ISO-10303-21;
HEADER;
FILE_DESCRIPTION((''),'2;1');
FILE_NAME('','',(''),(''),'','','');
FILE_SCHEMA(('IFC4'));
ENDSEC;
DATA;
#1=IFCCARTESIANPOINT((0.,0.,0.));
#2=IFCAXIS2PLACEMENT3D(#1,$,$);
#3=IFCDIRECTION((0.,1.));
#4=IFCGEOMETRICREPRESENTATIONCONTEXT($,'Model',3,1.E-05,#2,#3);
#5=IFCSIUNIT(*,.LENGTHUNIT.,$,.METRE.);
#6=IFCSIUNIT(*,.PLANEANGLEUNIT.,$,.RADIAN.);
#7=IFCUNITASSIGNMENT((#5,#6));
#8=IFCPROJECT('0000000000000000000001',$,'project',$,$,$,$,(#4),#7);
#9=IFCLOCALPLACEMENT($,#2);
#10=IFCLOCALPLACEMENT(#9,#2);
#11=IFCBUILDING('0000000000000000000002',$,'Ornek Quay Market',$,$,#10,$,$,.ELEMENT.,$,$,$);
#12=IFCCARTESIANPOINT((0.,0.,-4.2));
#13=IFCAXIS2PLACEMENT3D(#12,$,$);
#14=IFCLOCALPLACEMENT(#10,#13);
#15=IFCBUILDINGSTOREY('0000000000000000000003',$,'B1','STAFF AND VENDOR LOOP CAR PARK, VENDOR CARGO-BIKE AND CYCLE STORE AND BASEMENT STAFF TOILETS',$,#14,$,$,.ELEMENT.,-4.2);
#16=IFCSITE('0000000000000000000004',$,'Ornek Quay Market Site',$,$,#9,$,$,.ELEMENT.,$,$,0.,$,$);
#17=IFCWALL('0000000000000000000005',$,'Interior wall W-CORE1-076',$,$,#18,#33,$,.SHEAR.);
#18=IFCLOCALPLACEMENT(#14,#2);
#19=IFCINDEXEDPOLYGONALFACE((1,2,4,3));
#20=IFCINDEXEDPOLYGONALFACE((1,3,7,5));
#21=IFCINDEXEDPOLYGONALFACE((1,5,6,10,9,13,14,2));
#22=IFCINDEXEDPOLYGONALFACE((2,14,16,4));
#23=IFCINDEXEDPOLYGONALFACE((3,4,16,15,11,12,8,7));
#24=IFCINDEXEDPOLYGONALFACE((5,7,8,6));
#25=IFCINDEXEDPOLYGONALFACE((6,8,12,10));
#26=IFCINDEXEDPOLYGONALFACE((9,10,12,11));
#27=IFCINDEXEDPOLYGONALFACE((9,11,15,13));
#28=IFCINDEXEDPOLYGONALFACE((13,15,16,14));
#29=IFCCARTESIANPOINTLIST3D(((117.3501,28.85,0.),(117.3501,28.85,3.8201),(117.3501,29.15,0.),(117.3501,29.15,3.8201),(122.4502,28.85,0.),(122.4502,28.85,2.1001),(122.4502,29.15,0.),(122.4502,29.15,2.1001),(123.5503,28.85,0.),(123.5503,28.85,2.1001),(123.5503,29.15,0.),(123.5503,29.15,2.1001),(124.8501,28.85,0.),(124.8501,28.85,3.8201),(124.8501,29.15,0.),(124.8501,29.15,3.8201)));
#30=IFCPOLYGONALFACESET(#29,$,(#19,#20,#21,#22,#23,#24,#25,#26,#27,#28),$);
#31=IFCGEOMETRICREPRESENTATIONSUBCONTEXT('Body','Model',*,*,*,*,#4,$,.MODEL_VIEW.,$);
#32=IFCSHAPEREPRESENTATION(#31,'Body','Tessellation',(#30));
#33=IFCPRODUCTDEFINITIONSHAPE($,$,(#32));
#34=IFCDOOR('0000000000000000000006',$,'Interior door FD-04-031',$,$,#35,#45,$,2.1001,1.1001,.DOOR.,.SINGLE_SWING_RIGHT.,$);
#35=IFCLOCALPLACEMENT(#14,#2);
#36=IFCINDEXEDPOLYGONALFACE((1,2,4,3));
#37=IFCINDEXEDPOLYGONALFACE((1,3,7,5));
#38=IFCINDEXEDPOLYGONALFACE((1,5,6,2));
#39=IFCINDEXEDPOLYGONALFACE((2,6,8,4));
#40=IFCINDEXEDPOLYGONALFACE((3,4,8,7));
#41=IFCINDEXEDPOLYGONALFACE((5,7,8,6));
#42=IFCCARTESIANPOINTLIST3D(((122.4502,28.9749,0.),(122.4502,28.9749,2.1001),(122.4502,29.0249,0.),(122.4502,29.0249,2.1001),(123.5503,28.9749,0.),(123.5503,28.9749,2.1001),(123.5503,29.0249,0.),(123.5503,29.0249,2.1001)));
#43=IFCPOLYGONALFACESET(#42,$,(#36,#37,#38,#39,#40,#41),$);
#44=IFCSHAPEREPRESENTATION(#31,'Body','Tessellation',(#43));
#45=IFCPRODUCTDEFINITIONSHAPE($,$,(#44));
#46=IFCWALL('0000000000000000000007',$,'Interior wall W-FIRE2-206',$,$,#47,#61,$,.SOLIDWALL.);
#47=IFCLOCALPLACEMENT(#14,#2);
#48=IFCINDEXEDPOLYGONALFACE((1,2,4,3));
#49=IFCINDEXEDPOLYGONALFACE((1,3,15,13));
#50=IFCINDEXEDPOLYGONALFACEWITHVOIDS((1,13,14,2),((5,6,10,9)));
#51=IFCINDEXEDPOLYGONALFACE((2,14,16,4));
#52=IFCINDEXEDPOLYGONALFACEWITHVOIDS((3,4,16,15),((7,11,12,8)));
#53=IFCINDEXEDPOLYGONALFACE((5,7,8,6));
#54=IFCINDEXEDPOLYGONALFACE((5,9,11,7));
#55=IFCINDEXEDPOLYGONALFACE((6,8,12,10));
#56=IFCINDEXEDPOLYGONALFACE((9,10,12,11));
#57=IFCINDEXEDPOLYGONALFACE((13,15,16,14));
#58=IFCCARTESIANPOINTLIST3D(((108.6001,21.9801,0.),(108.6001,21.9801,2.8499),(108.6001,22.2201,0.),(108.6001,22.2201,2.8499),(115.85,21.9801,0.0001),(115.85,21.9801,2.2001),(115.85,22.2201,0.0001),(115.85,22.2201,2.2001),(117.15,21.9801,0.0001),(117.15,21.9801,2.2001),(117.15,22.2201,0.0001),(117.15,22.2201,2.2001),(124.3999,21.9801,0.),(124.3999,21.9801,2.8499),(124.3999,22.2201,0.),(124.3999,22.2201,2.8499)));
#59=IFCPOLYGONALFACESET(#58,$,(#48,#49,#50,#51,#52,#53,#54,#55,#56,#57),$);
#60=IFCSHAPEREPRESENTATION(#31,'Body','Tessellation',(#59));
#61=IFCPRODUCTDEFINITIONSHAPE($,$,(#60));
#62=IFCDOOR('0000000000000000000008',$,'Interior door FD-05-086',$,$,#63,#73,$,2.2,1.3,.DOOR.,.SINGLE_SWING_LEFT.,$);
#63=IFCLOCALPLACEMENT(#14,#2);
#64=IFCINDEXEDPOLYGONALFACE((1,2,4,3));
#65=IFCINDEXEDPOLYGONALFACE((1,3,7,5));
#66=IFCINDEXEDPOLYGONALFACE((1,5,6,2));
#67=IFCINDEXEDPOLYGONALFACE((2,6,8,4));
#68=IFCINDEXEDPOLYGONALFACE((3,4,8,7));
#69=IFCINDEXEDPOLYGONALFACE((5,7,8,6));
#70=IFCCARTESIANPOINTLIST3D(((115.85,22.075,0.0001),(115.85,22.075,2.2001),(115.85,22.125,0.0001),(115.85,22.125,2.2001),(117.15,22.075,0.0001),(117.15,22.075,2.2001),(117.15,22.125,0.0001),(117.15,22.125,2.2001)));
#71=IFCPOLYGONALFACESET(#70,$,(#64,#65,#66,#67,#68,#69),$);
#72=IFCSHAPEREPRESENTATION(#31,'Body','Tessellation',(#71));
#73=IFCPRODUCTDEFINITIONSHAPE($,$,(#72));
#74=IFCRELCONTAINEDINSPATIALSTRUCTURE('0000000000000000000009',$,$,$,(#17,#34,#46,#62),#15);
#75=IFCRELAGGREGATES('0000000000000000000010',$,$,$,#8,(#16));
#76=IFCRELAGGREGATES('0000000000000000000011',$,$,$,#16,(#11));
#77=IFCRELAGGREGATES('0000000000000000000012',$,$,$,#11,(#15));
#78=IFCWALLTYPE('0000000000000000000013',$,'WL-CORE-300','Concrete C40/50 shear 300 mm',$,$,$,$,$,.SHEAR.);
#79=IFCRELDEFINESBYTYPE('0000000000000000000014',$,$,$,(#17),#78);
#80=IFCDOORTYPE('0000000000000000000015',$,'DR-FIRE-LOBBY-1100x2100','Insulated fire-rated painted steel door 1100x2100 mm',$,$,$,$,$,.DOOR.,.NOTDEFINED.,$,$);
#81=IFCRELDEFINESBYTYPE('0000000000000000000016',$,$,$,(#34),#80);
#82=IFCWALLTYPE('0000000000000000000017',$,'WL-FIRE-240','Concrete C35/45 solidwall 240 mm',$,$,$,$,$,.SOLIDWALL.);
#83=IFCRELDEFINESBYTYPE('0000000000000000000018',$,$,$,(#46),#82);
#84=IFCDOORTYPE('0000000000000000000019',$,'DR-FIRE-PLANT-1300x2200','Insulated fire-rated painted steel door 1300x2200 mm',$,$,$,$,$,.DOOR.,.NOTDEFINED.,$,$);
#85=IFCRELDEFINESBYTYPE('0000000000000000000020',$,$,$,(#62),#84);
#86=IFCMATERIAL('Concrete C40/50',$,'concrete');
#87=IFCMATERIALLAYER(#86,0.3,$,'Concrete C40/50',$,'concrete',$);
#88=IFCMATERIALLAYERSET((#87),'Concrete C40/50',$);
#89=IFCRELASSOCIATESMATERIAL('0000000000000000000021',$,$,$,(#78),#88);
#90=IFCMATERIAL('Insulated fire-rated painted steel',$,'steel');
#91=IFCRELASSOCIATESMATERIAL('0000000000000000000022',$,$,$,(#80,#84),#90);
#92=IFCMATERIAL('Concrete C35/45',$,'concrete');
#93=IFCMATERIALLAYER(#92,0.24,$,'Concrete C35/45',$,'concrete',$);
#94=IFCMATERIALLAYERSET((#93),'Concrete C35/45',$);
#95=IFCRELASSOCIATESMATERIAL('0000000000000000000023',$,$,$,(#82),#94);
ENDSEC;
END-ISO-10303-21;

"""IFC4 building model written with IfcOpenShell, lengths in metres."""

from ifc_helpers import new_model, si_unit, direction, frame, frame_2d, origin, place, context, subcontext, project, spatial, rectangle, extrude, material, layer, layer_set, type_object, element, fill, save


model = new_model("IFC4")

# Units and contexts
model_context = context("Model", 3, precision=1e-05, world=origin(), true_north=direction((0.0, 1.0)))
body_context = subcontext(model_context, "Body", "Model", "MODEL_VIEW")
ifc_project = project(units=[si_unit("LENGTHUNIT", "METRE"), si_unit("PLANEANGLEUNIT", "RADIAN")], contexts=[model_context])

# Site, building, storey
site_placement = place(None, origin())
site = spatial("IfcSite", under=ifc_project, at=site_placement, Name="Ornek Quay Market Site", CompositionType="ELEMENT", RefElevation=0.0)
building_placement = place(site_placement, origin())
building = spatial("IfcBuilding", under=site, at=building_placement, Name="Ornek Quay Market", CompositionType="ELEMENT")
storey_placement = place(building_placement, frame((0.0, 0.0, -4.2)))
storey = spatial("IfcBuildingStorey", under=building, at=storey_placement, Name="B1", Description="STAFF AND VENDOR LOOP CAR PARK, VENDOR CARGO-BIKE AND CYCLE STORE AND BASEMENT STAFF TOILETS", CompositionType="ELEMENT", Elevation=-4.2)

# Shared definitions
ifc_material_1 = material(Name="Concrete C35/45", Category="concrete")

# Shared definitions
ifc_material_2 = material(Name="Concrete C40/50", Category="concrete")

# Shared definitions
ifc_layer_1 = layer(ifc_material_2, 0.3, Name="Concrete C40/50", Category="concrete")
ifc_layer_set_1 = layer_set([ifc_layer_1], Name="Concrete C40/50")
wall_type_1 = type_object("IfcWallType", Name="WL-CORE-300", Description="Concrete C40/50 shear 300 mm", PredefinedType="SHEAR", material=ifc_layer_set_1)

# Walls, openings, doors
wall_1_placement = place(storey_placement, frame((117.3501, 29.0, 0.0), z_axis=(0.0, 0.0, 1.0), x_axis=(1.0, 0.0, 0.0)))
wall_1 = element("IfcWall", 1, at=wall_1_placement, inside=storey, type_object=wall_type_1, Name="Interior wall W-CORE1-076", PredefinedType="SHEAR", context=body_context, shape_type="SweptSolid", body=[
    extrude(rectangle(XDim=7.5, YDim=0.3, at=frame_2d((3.75, 0.0))), origin(), (0.0, 0.0, 1.0), 3.8201),
])
opening_1_placement = place(wall_1_placement, frame((5.1001, 0.0, 0.0)))
opening_1 = element("IfcOpeningElement", 2, at=opening_1_placement, cuts=wall_1, PredefinedType="OPENING", context=body_context, shape_type="SweptSolid", body=[
    extrude(rectangle(XDim=1.1001, YDim=2.1001, at=frame_2d((0.55, 1.05))), frame((0.0, 0.1599, 0.0), z_axis=(0.0, -1.0, 0.0), x_axis=(1.0, 0.0, 0.0)), (0.0, 0.0, 1.0), 0.3201),
])
ifc_material_3 = material(Name="Insulated fire-rated painted steel", Category="steel")
door_type_1 = type_object("IfcDoorType", Name="DR-FIRE-LOBBY-1100x2100", Description="Insulated fire-rated painted steel door 1100x2100 mm", OperationType="NOTDEFINED", PredefinedType="DOOR", material=ifc_material_3)
door_1_placement = place(opening_1_placement, origin())
door_1 = element("IfcDoor", 3, at=door_1_placement, inside=storey, type_object=door_type_1, Name="Interior door FD-04-031", OperationType="SINGLE_SWING_RIGHT", OverallHeight=2.1001, OverallWidth=1.1001, PredefinedType="DOOR", context=body_context, shape_type="SweptSolid", body=[
    extrude(rectangle(XDim=1.1001, YDim=2.1001, at=frame_2d((0.55, 1.05))), frame((0.0, 0.0249, 0.0), z_axis=(0.0, -1.0, 0.0), x_axis=(1.0, 0.0, 0.0)), (0.0, 0.0, 1.0), 0.05),
])
fill(opening_1, door_1)
ifc_layer_2 = layer(ifc_material_1, 0.24, Name="Concrete C35/45", Category="concrete")
ifc_layer_set_2 = layer_set([ifc_layer_2], Name="Concrete C35/45")
wall_type_2 = type_object("IfcWallType", Name="WL-FIRE-240", Description="Concrete C35/45 solidwall 240 mm", PredefinedType="SOLIDWALL", material=ifc_layer_set_2)
wall_2_placement = place(storey_placement, frame((108.6001, 22.1001, 0.0), z_axis=(0.0, 0.0, 1.0), x_axis=(1.0, 0.0, 0.0)))
wall_2 = element("IfcWall", 4, at=wall_2_placement, inside=storey, type_object=wall_type_2, Name="Interior wall W-FIRE2-206", PredefinedType="SOLIDWALL", context=body_context, shape_type="SweptSolid", body=[
    extrude(rectangle(XDim=15.7998, YDim=0.24, at=frame_2d((7.8999, 0.0))), origin(), (0.0, 0.0, 1.0), 2.8499),
])
opening_2_placement = place(wall_2_placement, frame((7.25, 0.0, 0.0)))
opening_2 = element("IfcOpeningElement", 5, at=opening_2_placement, cuts=wall_2, PredefinedType="OPENING", context=body_context, shape_type="SweptSolid", body=[
    extrude(rectangle(XDim=1.3, YDim=2.2, at=frame_2d((0.6499, 1.1001))), frame((0.0, 0.1299, 0.0), z_axis=(0.0, -1.0, 0.0), x_axis=(1.0, 0.0, 0.0)), (0.0, 0.0, 1.0), 0.26),
])
door_type_2 = type_object("IfcDoorType", Name="DR-FIRE-PLANT-1300x2200", Description="Insulated fire-rated painted steel door 1300x2200 mm", OperationType="NOTDEFINED", PredefinedType="DOOR", material=ifc_material_3)
door_2_placement = place(opening_2_placement, origin())
door_2 = element("IfcDoor", 6, at=door_2_placement, inside=storey, type_object=door_type_2, Name="Interior door FD-05-086", OperationType="SINGLE_SWING_LEFT", OverallHeight=2.2, OverallWidth=1.3, PredefinedType="DOOR", context=body_context, shape_type="SweptSolid", body=[
    extrude(rectangle(XDim=1.3, YDim=2.2, at=frame_2d((0.6499, 1.1001))), frame((0.0, 0.0249, 0.0), z_axis=(0.0, -1.0, 0.0), x_axis=(1.0, 0.0, 0.0)), (0.0, 0.0, 1.0), 0.05),
])
fill(opening_2, door_2)

save(model, "model.ifc")
